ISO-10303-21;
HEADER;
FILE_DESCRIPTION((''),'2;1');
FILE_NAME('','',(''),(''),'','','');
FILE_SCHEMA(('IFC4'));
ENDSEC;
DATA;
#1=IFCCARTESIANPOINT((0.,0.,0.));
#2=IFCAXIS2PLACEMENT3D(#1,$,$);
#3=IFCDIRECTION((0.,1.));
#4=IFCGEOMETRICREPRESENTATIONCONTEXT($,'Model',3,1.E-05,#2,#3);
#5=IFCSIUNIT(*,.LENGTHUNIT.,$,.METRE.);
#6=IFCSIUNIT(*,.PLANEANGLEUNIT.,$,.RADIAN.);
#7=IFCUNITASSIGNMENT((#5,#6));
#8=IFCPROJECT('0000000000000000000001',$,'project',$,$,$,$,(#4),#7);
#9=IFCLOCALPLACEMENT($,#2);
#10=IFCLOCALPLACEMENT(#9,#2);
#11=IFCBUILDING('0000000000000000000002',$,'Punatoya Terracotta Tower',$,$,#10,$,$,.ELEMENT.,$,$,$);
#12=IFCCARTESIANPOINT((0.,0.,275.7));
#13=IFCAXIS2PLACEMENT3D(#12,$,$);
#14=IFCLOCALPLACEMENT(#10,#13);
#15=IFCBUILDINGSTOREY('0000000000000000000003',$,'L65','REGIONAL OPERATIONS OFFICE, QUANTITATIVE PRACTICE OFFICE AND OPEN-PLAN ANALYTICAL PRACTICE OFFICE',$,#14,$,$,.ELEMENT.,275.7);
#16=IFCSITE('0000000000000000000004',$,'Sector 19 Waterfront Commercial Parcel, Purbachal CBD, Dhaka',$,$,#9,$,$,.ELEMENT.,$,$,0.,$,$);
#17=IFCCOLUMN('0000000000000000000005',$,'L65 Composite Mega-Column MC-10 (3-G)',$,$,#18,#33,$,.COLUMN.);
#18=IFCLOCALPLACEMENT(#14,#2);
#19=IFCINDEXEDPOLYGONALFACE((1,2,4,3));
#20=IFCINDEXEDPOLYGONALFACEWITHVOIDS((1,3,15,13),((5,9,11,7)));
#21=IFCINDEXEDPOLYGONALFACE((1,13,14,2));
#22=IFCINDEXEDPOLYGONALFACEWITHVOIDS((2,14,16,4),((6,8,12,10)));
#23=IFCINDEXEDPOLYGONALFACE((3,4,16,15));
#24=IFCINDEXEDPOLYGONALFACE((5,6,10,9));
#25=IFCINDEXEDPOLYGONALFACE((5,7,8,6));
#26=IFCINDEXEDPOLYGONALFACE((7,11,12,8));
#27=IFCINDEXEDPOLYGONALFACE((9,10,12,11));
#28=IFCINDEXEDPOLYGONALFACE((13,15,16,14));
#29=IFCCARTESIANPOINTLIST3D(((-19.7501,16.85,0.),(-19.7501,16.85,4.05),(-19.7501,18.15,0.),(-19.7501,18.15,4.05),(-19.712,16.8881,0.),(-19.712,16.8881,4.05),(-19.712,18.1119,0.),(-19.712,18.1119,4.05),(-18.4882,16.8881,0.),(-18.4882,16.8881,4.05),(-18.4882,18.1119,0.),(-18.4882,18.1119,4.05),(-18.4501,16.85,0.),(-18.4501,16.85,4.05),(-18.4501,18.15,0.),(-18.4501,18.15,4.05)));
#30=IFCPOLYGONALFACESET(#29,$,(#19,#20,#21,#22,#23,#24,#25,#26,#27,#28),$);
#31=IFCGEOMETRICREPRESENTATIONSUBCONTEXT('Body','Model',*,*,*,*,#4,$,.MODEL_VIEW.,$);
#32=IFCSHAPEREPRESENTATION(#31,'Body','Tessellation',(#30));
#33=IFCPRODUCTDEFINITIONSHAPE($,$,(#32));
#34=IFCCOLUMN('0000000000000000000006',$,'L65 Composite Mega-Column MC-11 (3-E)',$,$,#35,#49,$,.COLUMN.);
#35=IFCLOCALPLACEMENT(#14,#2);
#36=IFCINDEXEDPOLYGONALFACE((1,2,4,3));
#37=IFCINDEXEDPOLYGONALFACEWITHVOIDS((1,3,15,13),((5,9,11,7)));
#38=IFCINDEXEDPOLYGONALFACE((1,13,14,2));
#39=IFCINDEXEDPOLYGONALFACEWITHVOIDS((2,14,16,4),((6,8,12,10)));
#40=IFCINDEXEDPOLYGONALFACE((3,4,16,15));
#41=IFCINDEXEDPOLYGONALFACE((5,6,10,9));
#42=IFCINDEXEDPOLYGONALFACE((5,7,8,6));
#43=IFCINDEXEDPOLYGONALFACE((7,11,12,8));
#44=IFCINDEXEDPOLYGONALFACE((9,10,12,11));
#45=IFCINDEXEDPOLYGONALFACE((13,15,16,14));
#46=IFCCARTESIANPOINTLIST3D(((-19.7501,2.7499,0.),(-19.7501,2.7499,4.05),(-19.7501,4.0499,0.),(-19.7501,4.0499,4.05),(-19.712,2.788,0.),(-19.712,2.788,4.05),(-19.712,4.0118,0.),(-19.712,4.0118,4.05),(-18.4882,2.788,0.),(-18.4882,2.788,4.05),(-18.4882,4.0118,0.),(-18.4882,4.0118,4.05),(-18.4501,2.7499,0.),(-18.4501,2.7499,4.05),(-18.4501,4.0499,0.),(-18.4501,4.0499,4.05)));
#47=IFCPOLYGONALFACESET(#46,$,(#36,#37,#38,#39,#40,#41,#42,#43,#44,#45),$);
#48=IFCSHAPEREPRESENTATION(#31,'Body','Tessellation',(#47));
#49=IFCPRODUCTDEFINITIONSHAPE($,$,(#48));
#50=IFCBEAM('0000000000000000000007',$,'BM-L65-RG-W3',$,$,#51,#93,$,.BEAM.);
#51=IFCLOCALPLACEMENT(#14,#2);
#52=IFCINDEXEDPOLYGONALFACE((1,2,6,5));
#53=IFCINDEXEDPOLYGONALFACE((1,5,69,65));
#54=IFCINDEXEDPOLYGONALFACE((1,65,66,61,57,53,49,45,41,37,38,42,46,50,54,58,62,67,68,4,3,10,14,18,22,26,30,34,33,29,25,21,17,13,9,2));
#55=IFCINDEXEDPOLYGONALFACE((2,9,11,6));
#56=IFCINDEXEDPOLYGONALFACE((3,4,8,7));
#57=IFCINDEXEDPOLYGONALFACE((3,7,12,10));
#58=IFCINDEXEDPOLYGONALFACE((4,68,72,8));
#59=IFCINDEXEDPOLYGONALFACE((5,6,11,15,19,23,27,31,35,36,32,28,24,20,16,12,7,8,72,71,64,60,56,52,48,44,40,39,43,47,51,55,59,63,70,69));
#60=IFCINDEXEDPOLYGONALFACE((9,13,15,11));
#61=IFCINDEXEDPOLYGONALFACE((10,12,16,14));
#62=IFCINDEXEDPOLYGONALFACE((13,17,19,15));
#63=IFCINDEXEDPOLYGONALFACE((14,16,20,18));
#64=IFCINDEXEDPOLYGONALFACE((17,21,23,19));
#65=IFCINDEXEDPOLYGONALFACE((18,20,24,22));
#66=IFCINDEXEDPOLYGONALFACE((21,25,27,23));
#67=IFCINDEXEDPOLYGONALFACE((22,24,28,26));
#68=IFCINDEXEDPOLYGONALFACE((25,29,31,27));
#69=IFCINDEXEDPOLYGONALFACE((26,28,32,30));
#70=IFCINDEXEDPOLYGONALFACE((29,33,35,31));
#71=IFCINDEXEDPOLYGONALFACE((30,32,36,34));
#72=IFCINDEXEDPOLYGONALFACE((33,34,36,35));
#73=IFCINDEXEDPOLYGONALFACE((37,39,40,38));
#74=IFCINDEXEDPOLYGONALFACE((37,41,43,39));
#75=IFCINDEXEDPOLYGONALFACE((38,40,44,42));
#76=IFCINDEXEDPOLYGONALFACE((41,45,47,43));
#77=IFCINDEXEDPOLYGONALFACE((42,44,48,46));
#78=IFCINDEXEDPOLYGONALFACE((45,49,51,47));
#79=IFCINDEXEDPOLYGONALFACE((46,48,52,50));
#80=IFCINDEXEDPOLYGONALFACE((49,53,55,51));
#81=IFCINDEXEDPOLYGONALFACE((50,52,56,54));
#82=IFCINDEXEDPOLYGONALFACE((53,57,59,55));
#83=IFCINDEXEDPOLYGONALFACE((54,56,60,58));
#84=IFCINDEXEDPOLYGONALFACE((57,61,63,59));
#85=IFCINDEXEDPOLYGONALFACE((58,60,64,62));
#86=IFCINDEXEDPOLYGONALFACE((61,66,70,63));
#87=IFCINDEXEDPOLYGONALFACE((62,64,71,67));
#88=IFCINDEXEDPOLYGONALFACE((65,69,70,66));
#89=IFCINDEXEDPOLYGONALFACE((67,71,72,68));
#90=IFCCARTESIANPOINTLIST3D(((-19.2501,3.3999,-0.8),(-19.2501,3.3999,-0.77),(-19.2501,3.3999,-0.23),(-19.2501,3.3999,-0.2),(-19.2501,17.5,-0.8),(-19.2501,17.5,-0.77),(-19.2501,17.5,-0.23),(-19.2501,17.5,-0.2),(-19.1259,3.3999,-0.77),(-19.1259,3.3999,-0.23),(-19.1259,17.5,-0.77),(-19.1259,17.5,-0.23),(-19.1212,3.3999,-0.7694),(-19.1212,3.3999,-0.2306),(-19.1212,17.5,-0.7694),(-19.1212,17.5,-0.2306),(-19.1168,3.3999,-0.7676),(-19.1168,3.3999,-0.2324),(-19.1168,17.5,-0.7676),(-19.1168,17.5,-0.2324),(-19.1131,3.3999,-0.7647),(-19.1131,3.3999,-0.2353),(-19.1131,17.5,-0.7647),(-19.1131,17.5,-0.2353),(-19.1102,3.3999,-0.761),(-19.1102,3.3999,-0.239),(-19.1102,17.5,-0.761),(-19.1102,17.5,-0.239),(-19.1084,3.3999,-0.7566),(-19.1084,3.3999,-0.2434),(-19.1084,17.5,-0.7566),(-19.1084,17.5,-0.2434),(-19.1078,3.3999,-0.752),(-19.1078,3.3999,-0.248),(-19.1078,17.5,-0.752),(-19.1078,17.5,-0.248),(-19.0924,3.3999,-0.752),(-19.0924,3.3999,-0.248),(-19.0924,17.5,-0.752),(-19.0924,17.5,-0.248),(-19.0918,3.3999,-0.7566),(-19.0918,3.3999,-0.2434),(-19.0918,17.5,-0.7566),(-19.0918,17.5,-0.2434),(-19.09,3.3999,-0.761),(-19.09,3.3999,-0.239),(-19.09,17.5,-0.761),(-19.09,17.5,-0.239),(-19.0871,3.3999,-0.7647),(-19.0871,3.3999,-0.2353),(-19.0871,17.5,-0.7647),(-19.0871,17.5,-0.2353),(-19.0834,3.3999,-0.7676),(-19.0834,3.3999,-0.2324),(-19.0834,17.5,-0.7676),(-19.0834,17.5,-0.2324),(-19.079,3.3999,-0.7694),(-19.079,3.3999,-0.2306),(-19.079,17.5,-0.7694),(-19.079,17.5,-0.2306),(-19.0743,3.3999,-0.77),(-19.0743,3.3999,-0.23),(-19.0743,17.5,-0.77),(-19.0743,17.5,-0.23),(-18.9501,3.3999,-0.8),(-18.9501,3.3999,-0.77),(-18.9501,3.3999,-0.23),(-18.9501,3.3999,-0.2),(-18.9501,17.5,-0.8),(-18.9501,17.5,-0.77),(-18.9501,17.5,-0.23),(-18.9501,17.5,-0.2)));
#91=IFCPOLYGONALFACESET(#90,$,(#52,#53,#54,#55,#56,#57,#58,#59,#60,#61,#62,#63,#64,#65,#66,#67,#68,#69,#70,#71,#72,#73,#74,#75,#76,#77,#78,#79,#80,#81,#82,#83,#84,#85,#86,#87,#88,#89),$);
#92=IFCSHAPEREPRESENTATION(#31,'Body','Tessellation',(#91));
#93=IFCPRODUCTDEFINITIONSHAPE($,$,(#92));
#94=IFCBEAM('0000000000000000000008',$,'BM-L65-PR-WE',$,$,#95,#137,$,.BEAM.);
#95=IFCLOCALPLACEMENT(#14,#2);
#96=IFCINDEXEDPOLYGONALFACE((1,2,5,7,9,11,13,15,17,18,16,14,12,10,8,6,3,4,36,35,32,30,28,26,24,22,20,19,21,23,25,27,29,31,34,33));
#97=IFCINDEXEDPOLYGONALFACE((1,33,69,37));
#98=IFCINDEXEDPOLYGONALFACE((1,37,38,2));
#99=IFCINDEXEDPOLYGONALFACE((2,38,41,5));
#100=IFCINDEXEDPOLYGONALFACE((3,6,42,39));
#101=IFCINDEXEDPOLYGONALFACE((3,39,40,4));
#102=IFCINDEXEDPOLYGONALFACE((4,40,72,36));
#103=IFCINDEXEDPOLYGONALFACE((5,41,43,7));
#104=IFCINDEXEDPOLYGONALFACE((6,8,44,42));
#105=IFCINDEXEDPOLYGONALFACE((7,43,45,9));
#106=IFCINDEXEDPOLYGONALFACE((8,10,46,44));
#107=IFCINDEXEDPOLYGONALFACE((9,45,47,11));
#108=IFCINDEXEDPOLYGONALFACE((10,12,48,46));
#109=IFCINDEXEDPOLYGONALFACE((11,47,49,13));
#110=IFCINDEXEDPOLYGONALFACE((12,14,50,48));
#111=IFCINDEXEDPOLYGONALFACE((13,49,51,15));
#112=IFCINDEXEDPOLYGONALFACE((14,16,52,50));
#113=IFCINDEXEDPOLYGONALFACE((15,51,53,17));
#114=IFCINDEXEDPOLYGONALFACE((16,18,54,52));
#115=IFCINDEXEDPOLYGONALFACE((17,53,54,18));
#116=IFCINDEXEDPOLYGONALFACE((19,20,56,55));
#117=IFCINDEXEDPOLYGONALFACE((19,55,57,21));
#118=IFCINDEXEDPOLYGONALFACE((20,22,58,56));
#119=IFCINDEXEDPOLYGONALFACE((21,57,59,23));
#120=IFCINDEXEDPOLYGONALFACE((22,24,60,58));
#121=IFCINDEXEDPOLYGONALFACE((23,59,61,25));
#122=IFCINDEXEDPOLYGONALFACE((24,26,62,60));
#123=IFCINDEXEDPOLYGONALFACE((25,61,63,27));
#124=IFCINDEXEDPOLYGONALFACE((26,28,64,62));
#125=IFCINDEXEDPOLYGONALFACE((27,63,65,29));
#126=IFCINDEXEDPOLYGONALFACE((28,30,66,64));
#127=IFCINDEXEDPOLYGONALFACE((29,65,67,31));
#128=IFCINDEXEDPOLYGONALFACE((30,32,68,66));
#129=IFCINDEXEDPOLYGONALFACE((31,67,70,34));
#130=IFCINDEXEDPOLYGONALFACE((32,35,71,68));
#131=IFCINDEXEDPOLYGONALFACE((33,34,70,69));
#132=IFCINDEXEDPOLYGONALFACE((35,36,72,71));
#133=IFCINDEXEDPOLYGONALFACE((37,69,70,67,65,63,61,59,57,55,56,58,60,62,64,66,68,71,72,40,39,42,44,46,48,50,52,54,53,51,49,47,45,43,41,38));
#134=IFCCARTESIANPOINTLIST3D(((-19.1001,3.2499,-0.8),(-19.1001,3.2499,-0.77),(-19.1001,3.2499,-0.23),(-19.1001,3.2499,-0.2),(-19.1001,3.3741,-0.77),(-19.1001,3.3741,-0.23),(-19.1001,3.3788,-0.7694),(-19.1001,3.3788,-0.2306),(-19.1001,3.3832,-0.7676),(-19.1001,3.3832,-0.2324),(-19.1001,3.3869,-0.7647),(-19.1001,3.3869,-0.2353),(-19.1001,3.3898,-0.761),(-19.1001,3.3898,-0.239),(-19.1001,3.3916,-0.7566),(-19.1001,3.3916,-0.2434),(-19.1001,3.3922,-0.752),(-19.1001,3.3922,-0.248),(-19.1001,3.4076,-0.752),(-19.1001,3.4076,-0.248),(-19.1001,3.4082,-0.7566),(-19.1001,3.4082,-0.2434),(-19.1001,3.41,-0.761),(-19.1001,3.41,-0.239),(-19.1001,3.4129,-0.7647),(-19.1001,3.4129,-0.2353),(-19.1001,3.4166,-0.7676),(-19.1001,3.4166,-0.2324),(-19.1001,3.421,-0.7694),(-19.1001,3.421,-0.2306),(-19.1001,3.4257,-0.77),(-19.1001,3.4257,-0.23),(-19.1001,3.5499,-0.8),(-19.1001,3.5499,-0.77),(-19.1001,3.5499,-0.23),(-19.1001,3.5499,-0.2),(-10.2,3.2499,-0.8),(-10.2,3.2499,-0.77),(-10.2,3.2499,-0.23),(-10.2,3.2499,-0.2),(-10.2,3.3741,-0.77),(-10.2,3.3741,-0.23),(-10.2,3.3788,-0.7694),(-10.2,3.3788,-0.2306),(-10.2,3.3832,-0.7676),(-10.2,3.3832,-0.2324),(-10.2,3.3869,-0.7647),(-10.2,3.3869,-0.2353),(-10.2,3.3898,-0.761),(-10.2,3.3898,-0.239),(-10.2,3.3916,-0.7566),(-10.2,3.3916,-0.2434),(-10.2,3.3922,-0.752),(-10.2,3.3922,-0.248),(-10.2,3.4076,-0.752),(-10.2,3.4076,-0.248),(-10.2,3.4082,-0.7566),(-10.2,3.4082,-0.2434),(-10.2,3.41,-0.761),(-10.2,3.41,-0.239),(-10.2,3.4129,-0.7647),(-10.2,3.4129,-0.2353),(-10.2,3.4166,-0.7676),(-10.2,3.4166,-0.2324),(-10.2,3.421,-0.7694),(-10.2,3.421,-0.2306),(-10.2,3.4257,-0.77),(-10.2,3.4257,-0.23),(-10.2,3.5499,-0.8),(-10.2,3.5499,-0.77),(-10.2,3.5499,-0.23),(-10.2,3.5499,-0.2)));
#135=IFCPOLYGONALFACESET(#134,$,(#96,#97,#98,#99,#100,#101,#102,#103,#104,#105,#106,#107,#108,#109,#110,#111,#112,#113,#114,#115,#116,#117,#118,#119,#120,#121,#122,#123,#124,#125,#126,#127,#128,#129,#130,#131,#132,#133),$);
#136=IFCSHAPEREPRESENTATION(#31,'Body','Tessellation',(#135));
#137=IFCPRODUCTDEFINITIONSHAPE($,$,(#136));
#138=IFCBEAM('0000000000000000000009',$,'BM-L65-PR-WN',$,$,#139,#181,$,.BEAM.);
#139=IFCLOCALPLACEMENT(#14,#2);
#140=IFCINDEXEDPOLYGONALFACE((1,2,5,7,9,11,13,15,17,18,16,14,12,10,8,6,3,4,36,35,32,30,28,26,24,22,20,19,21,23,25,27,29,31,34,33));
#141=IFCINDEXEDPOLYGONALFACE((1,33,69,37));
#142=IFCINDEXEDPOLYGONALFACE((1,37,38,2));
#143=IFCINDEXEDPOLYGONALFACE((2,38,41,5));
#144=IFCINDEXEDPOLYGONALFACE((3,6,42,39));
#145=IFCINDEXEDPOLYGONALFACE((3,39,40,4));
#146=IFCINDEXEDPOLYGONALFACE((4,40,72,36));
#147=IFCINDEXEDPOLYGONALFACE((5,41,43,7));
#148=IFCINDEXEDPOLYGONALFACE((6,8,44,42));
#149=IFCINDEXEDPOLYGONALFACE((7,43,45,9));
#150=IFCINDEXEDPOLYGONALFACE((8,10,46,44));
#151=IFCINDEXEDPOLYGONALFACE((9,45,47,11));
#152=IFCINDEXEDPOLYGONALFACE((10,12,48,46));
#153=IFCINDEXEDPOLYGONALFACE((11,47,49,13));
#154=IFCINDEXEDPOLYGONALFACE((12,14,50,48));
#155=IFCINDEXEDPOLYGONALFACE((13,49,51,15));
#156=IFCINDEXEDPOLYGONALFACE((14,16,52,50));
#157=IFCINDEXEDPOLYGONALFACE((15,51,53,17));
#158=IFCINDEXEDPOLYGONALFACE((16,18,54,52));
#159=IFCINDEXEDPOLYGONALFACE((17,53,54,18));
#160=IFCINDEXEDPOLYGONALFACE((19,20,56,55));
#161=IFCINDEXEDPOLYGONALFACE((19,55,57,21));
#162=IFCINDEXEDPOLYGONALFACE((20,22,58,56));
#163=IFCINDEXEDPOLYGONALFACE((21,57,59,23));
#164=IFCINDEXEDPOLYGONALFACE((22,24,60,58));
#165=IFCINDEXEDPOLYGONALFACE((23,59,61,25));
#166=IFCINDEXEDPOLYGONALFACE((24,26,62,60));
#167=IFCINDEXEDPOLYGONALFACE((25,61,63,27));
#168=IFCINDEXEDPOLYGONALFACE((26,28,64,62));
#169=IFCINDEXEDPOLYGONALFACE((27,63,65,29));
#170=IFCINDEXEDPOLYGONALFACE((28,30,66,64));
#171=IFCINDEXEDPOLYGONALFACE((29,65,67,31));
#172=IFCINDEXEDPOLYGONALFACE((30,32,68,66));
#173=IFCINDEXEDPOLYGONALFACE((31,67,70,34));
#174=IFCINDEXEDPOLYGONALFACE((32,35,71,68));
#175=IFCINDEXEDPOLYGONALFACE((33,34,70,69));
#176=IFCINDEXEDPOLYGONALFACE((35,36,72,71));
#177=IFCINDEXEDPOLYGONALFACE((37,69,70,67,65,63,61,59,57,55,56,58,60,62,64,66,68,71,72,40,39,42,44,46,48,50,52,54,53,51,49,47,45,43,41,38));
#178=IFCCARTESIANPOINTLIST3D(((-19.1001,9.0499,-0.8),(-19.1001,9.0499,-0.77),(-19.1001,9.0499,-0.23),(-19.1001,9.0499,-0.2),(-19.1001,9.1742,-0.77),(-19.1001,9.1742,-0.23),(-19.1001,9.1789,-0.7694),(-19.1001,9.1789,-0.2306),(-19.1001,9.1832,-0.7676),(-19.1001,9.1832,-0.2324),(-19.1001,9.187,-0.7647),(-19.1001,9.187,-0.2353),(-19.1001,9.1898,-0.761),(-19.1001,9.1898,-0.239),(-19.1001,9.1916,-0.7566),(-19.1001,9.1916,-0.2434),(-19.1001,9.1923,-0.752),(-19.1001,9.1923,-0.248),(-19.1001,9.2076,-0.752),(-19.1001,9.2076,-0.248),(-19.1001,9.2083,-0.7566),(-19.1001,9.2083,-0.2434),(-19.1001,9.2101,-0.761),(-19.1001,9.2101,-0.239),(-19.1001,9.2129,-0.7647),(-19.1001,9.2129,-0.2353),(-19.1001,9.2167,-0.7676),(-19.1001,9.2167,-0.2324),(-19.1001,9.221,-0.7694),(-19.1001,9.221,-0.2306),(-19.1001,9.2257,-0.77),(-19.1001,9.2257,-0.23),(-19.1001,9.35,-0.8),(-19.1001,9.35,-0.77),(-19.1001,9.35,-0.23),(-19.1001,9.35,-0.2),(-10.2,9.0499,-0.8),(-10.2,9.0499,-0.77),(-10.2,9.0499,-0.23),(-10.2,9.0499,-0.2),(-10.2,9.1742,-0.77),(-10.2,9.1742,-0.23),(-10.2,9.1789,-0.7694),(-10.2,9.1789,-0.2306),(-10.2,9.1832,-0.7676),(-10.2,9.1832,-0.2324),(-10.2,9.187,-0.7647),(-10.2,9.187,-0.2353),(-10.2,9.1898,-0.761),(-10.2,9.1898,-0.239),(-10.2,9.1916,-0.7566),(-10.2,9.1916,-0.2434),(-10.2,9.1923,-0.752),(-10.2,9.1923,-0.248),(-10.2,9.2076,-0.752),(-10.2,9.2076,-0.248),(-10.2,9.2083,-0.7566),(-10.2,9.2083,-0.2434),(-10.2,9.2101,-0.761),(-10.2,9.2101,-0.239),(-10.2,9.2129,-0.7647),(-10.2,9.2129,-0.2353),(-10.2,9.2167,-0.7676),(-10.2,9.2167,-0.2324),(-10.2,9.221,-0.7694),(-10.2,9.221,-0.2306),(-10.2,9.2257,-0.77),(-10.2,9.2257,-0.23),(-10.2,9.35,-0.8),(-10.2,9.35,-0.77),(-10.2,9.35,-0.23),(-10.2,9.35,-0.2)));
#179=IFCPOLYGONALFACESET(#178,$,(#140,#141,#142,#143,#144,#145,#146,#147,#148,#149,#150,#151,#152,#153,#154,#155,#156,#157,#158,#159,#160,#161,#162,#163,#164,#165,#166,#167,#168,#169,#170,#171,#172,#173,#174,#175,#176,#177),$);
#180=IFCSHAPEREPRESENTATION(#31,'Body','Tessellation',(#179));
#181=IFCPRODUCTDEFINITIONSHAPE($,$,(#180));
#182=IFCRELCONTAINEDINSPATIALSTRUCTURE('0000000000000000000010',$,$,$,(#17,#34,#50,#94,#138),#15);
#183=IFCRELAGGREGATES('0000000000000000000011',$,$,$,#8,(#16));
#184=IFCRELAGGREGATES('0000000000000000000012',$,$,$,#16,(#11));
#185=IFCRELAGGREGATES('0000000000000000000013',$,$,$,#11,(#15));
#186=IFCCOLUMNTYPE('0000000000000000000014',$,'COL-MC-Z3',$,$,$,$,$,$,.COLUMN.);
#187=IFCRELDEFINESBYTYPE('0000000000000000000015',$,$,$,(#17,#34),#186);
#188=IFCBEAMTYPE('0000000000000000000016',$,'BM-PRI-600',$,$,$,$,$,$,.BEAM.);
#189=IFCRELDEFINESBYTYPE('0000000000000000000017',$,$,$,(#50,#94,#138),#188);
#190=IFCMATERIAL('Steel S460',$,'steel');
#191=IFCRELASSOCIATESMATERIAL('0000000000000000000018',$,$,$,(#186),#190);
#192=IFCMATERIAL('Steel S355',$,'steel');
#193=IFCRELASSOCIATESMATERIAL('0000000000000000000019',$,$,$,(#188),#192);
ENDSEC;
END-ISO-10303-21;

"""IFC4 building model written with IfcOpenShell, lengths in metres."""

from ifc_helpers import new_model, si_unit, direction, frame, origin, origin_2d, place, context, subcontext, project, spatial, hollow_rectangle, i_section, extrude, material, material_profile, profile_set, type_object, element, save


model = new_model("IFC4")

# Units and contexts
model_context = context("Model", 3, precision=1e-05, world=origin(), true_north=direction((0.0, 1.0)))
body_context = subcontext(model_context, "Body", "Model", "MODEL_VIEW")
ifc_project = project(units=[si_unit("LENGTHUNIT", "METRE"), si_unit("PLANEANGLEUNIT", "RADIAN")], contexts=[model_context])

# Site, building, storey
site_placement = place(None, origin())
site = spatial("IfcSite", under=ifc_project, at=site_placement, Name="Sector 19 Waterfront Commercial Parcel, Purbachal CBD, Dhaka", CompositionType="ELEMENT", RefElevation=0.0)
building_placement = place(site_placement, origin())
building = spatial("IfcBuilding", under=site, at=building_placement, Name="Punatoya Terracotta Tower", CompositionType="ELEMENT")
storey_placement = place(building_placement, frame((0.0, 0.0, 275.7)))
storey = spatial("IfcBuildingStorey", under=building, at=storey_placement, Name="L65", Description="REGIONAL OPERATIONS OFFICE, QUANTITATIVE PRACTICE OFFICE AND OPEN-PLAN ANALYTICAL PRACTICE OFFICE", CompositionType="ELEMENT", Elevation=275.7)

# Columns
ifc_material_1 = material(Name="Steel S460", Category="steel")
ifc_material_profile_1 = material_profile(ifc_material_1, hollow_rectangle(XDim=1.3, YDim=1.3, WallThickness=0.0381, at=origin_2d()))
ifc_profile_set_1 = profile_set([ifc_material_profile_1], Name="Steel S460")
column_type = type_object("IfcColumnType", Name="COL-MC-Z3", PredefinedType="COLUMN", material=ifc_profile_set_1)
for number, where, z_axis, x_axis, name in (
    (1, (-19.1001, 17.5, 0.0), (0.0, 0.0, 1.0), (1.0, 0.0, 0.0), "L65 Composite Mega-Column MC-10 (3-G)"),
    (2, (-19.1001, 3.3999, 0.0), (0.0, 0.0, 1.0), (1.0, 0.0, 0.0), "L65 Composite Mega-Column MC-11 (3-E)"),
):
    element("IfcColumn", number, at=place(storey_placement, frame(where, z_axis=z_axis, x_axis=x_axis)), inside=storey, type_object=column_type, Name=name, PredefinedType="COLUMN", context=body_context, shape_type="SweptSolid", body=[
        extrude(hollow_rectangle(XDim=1.3, YDim=1.3, WallThickness=0.0381, at=origin_2d()), origin(), (0.0, 0.0, 1.0), 4.05),
    ])

# Beams
ifc_material_2 = material(Name="Steel S355", Category="steel")
ifc_material_profile_2 = material_profile(ifc_material_2, i_section(OverallWidth=0.3, OverallDepth=0.6001, WebThickness=0.0154, FlangeThickness=0.03, FilletRadius=0.0181, at=origin_2d()))
ifc_profile_set_2 = profile_set([ifc_material_profile_2], Name="Steel S355")
beam_type_1 = type_object("IfcBeamType", Name="BM-PRI-600", PredefinedType="BEAM", material=ifc_profile_set_2)
beam_1_placement = place(storey_placement, frame((-19.1001, 3.3999, -0.5), z_axis=(0.0, 1.0, 0.0), x_axis=(-1.0, 0.0, 0.0)))
element("IfcBeam", 3, at=beam_1_placement, inside=storey, type_object=beam_type_1, Name="BM-L65-RG-W3", PredefinedType="BEAM", context=body_context, shape_type="SweptSolid", body=[
    extrude(i_section(OverallWidth=0.3, OverallDepth=0.6001, WebThickness=0.0154, FlangeThickness=0.03, FilletRadius=0.0181, at=origin_2d()), origin(), (0.0, 0.0, 1.0), 14.1001),
])
for number, where, z_axis, x_axis, name in (
    (4, (-19.1001, 3.3999, -0.5), (1.0, 0.0, 0.0), (0.0, 1.0, 0.0), "BM-L65-PR-WE"),
    (5, (-19.1001, 9.2, -0.5), (1.0, 0.0, 0.0), (0.0, 1.0, 0.0), "BM-L65-PR-WN"),
):
    element("IfcBeam", number, at=place(storey_placement, frame(where, z_axis=z_axis, x_axis=x_axis)), inside=storey, type_object=beam_type_1, Name=name, PredefinedType="BEAM", context=body_context, shape_type="SweptSolid", body=[
        extrude(i_section(OverallWidth=0.3, OverallDepth=0.6001, WebThickness=0.0154, FlangeThickness=0.03, FilletRadius=0.0181, at=origin_2d()), origin(), (0.0, 0.0, 1.0), 8.9001),
    ])

save(model, "model.ifc")
